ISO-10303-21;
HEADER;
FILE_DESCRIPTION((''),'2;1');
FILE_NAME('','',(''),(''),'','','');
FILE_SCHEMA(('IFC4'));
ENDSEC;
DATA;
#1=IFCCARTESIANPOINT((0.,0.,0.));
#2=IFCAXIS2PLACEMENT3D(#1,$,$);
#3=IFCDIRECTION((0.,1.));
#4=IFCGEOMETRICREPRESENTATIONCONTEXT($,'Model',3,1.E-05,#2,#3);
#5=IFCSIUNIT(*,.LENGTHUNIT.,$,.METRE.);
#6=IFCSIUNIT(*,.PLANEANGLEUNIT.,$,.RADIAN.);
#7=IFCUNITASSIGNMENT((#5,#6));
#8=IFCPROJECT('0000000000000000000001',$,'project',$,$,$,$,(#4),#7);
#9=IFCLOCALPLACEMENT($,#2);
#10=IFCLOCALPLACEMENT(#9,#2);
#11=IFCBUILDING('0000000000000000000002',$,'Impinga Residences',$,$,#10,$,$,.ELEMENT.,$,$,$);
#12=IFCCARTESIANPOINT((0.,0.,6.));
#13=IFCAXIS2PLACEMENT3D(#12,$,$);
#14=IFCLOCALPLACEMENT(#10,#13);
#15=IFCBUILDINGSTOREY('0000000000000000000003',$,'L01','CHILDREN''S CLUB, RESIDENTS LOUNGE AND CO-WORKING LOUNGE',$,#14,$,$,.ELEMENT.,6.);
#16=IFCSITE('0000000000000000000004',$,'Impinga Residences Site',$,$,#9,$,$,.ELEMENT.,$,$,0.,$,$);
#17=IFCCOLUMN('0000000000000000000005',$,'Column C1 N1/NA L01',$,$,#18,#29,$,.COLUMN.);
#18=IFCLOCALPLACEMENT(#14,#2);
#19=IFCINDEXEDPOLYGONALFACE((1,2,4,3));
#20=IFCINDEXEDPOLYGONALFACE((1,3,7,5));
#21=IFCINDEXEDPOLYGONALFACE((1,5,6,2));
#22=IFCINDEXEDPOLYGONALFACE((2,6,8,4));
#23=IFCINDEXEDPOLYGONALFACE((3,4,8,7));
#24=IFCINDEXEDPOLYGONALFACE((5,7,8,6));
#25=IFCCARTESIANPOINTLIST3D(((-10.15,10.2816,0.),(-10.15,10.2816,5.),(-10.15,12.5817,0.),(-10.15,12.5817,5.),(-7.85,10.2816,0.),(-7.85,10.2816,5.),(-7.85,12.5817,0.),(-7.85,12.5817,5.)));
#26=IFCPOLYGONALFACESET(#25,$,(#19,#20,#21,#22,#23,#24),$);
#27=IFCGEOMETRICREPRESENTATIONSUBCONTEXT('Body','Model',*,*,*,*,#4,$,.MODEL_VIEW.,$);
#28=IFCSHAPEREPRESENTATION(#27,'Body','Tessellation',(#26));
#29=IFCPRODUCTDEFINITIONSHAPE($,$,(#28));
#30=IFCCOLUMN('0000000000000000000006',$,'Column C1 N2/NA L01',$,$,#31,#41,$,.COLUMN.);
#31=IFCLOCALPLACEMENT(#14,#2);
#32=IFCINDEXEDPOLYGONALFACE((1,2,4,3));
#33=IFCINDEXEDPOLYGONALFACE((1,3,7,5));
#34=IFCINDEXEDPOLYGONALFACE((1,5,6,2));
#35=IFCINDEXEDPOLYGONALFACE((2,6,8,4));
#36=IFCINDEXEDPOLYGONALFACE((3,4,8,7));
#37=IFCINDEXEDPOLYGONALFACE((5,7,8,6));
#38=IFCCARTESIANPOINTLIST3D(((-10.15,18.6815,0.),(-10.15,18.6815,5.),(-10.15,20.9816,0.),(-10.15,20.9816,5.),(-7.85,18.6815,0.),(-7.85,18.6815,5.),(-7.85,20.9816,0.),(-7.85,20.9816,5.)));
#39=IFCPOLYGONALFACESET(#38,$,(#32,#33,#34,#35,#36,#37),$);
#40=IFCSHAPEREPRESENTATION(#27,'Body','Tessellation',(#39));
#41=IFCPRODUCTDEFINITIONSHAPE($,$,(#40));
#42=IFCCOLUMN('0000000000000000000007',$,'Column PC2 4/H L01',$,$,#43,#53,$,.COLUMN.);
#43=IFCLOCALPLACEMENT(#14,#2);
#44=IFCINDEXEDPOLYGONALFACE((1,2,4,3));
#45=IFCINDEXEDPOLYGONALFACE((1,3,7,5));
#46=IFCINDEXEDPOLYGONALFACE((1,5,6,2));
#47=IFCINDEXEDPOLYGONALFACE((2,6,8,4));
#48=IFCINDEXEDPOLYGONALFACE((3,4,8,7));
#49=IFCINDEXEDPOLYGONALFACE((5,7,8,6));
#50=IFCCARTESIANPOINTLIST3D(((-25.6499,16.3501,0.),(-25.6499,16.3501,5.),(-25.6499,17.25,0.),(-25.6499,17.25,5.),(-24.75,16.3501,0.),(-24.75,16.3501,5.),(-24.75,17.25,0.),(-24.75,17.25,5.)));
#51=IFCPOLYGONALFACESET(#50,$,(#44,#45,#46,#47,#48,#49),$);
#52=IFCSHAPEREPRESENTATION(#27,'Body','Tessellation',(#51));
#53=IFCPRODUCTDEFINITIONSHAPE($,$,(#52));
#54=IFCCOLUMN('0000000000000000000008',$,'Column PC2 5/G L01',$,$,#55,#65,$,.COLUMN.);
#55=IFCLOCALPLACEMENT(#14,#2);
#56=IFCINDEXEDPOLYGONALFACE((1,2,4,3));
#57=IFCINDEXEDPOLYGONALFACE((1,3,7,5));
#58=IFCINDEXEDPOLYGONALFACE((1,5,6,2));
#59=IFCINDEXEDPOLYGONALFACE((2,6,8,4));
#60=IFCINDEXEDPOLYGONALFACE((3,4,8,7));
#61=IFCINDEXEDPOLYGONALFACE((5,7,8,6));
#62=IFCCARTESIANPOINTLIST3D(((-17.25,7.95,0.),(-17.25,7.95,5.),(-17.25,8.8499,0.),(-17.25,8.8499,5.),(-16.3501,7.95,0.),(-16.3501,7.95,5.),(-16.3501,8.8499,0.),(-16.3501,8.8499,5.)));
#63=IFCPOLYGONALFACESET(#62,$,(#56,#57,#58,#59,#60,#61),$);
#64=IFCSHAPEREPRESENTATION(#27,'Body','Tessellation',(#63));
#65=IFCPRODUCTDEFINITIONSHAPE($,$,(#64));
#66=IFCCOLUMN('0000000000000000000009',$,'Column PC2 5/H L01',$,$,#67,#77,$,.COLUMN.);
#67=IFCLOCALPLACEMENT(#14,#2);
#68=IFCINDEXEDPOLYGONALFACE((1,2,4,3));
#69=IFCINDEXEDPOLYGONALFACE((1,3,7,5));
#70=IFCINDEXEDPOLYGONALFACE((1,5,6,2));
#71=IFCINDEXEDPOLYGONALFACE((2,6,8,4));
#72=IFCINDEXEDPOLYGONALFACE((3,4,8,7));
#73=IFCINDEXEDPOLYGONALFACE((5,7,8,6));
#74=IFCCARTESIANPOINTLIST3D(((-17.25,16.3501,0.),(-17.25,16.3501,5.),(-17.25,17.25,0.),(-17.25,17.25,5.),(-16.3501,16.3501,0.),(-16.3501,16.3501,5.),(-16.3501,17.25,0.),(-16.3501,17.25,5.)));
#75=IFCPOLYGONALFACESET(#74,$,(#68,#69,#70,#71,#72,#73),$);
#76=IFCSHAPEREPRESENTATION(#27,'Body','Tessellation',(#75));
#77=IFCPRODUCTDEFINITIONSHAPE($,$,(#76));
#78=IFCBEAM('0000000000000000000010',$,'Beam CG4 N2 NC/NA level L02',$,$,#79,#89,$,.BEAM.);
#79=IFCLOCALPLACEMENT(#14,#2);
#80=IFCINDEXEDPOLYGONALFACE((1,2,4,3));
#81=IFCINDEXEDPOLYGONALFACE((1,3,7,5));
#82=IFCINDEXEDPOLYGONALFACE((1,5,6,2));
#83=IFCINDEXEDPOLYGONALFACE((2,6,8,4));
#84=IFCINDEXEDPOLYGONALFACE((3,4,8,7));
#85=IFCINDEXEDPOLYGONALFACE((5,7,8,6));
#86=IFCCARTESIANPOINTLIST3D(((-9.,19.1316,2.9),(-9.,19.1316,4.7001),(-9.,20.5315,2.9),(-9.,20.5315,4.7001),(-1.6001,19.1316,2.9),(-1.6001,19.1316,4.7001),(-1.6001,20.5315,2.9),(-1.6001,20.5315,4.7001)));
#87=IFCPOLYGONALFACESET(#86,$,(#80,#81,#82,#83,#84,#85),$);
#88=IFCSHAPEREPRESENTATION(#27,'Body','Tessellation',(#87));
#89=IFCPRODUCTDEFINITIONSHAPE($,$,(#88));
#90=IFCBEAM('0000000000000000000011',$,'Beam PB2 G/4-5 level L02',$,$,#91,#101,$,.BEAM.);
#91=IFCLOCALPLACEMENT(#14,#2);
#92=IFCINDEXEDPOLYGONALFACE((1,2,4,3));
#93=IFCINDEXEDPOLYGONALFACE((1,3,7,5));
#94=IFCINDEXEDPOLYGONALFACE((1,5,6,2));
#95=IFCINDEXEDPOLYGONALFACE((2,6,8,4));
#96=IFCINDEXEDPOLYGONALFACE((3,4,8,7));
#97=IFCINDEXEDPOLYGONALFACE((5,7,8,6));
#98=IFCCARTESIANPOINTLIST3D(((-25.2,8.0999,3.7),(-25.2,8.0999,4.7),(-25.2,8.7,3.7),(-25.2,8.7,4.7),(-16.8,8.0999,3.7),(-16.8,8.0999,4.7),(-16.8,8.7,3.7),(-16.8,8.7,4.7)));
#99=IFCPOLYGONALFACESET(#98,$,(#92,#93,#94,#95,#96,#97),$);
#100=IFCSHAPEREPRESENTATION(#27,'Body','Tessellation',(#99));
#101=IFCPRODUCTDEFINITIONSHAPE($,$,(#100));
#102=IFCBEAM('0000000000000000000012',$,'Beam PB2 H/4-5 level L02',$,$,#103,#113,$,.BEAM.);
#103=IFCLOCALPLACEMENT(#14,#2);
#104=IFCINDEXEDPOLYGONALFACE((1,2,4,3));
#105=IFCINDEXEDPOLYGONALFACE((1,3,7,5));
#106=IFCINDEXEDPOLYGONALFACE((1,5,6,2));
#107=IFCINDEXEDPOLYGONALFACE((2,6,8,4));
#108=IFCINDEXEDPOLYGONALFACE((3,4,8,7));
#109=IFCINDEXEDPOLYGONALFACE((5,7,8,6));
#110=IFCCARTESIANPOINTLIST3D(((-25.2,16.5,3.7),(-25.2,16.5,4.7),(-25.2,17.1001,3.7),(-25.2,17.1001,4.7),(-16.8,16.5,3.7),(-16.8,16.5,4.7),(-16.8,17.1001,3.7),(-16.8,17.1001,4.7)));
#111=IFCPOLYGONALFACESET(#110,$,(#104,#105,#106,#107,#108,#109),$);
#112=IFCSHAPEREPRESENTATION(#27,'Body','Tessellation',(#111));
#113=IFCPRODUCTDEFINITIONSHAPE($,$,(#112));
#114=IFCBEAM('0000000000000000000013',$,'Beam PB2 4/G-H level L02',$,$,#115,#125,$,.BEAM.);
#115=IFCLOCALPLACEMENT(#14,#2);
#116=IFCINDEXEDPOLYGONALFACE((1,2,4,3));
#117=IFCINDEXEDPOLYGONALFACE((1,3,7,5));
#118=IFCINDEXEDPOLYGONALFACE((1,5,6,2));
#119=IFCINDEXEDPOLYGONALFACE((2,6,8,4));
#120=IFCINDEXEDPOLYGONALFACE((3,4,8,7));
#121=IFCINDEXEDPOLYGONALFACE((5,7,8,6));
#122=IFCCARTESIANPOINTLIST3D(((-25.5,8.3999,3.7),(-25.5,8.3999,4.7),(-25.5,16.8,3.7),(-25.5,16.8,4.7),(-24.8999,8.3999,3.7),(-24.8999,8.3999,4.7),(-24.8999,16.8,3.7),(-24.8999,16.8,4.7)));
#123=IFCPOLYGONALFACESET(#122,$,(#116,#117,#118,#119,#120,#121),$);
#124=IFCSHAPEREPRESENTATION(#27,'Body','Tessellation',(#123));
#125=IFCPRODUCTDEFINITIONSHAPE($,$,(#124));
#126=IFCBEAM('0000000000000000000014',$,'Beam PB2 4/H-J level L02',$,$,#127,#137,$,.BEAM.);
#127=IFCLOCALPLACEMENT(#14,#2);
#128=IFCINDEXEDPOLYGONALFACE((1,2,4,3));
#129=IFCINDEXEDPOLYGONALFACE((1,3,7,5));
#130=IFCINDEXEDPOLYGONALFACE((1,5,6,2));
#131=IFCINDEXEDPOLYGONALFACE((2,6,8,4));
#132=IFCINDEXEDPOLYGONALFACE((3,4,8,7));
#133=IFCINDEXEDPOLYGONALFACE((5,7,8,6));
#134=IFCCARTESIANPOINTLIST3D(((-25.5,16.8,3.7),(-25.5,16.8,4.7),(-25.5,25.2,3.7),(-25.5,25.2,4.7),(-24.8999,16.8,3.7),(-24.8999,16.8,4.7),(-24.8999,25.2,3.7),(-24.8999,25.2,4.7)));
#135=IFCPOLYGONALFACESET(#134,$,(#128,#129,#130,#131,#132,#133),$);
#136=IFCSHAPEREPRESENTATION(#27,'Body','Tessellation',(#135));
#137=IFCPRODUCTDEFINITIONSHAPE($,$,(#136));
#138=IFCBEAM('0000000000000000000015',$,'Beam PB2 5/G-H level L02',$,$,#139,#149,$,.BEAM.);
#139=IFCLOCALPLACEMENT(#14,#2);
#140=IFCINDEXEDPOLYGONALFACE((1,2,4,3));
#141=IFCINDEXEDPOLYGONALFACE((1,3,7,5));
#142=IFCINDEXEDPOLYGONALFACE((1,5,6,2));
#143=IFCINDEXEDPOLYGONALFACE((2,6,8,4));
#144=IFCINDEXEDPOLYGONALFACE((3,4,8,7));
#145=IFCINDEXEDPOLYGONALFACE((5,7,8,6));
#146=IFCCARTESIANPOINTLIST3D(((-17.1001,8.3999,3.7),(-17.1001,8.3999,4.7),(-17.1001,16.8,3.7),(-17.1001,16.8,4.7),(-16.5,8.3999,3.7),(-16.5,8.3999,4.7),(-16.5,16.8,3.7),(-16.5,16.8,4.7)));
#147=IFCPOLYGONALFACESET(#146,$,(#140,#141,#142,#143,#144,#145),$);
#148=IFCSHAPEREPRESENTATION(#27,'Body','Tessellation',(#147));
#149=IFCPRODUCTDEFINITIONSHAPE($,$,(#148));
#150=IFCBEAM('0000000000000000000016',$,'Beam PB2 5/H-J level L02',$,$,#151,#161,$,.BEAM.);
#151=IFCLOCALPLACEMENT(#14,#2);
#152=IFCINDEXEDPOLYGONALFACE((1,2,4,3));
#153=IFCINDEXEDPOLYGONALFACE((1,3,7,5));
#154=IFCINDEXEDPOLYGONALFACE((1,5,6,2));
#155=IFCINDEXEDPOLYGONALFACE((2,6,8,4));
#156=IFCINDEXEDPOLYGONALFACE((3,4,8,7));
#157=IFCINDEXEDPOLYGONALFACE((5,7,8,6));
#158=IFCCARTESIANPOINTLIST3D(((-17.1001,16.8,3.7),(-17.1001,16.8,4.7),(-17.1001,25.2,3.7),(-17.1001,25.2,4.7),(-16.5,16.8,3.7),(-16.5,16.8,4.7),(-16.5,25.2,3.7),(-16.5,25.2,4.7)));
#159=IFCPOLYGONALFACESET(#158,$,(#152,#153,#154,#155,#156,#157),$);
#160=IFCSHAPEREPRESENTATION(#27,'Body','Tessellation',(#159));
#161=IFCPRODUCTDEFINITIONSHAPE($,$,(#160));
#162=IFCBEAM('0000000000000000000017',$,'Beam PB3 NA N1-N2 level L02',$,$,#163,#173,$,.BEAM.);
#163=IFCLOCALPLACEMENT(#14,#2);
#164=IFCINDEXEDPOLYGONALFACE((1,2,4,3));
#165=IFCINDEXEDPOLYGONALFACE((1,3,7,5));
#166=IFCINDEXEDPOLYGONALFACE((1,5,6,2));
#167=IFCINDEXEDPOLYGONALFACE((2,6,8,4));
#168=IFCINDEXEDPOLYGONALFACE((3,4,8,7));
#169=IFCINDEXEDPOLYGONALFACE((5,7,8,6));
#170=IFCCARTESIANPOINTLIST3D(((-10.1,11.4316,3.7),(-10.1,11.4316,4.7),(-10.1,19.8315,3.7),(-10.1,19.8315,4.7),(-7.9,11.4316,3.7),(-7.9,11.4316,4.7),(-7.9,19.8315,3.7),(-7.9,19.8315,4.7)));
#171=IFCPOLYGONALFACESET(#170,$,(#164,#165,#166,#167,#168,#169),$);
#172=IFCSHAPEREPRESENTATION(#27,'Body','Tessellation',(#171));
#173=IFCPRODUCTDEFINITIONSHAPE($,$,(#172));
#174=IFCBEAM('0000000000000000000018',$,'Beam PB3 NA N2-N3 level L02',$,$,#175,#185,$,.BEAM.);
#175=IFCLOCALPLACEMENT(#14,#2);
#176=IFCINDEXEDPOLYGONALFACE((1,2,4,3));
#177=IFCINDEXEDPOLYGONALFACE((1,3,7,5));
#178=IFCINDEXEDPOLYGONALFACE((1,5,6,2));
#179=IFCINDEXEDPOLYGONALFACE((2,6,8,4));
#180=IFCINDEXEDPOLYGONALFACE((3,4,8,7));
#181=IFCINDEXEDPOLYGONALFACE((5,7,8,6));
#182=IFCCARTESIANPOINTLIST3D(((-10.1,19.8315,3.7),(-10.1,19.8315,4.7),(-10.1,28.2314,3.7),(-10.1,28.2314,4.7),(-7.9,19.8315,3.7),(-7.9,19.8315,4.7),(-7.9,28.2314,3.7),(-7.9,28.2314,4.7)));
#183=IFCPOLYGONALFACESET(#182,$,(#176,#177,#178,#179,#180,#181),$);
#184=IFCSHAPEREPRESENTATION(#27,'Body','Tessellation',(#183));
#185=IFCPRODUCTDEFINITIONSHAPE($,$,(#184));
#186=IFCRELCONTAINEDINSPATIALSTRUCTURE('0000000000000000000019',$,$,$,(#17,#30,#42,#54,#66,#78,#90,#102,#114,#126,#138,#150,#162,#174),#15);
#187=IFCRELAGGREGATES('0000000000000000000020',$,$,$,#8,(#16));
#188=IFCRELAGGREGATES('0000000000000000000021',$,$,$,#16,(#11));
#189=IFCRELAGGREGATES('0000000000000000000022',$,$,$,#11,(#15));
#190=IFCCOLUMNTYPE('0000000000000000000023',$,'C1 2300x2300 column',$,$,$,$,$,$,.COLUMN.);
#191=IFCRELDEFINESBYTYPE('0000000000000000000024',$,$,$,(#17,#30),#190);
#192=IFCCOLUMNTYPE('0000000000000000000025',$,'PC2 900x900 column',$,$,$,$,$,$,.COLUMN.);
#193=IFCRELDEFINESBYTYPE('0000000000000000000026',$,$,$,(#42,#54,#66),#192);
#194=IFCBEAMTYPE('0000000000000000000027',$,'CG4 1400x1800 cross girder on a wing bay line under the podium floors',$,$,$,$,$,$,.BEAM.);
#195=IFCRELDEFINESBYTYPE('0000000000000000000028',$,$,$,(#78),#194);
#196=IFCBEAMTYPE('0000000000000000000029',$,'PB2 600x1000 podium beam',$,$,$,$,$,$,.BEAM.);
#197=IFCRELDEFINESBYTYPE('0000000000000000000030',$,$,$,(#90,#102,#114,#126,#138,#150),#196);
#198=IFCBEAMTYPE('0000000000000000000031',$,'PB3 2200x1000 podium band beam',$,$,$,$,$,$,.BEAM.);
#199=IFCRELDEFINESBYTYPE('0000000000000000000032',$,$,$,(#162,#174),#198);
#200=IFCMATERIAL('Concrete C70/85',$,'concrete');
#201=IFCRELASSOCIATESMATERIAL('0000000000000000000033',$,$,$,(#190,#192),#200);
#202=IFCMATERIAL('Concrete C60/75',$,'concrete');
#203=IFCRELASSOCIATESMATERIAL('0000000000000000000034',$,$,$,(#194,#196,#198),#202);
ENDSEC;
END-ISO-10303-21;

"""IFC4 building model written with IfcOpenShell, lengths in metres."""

from ifc_helpers import new_model, si_unit, direction, frame, origin, origin_2d, place, context, subcontext, project, spatial, rectangle, extrude, material, material_profile, profile_set, type_object, element, save


model = new_model("IFC4")

# Units and contexts
model_context = context("Model", 3, precision=1e-05, world=origin(), true_north=direction((0.0, 1.0)))
body_context = subcontext(model_context, "Body", "Model", "MODEL_VIEW")
ifc_project = project(units=[si_unit("LENGTHUNIT", "METRE"), si_unit("PLANEANGLEUNIT", "RADIAN")], contexts=[model_context])

# Site, building, storey
site_placement = place(None, origin())
site = spatial("IfcSite", under=ifc_project, at=site_placement, Name="Impinga Residences Site", CompositionType="ELEMENT", RefElevation=0.0)
building_placement = place(site_placement, origin())
building = spatial("IfcBuilding", under=site, at=building_placement, Name="Impinga Residences", CompositionType="ELEMENT")
storey_placement = place(building_placement, frame((0.0, 0.0, 6.0)))
storey = spatial("IfcBuildingStorey", under=building, at=storey_placement, Name="L01", Description="CHILDREN'S CLUB, RESIDENTS LOUNGE AND CO-WORKING LOUNGE", CompositionType="ELEMENT", Elevation=6.0)

# Columns
ifc_material_1 = material(Name="Concrete C70/85", Category="concrete")
ifc_material_profile_1 = material_profile(ifc_material_1, rectangle(XDim=2.3, YDim=2.3, at=origin_2d()), Name="RC 2300x2300")
ifc_profile_set_1 = profile_set([ifc_material_profile_1], Name="Concrete C70/85")
column_type_1 = type_object("IfcColumnType", Name="C1 2300x2300 column", PredefinedType="COLUMN", material=ifc_profile_set_1)
for number, where, z_axis, x_axis, name in (
    (1, (-9.0, 11.4316, 0.0), (0.0, 0.0, 1.0), (1.0, 0.0, 0.0), "Column C1 N1/NA L01"),
    (2, (-9.0, 19.8315, 0.0), (0.0, 0.0, 1.0), (1.0, 0.0, 0.0), "Column C1 N2/NA L01"),
):
    element("IfcColumn", number, at=place(storey_placement, frame(where, z_axis=z_axis, x_axis=x_axis)), inside=storey, type_object=column_type_1, Name=name, PredefinedType="COLUMN", context=body_context, shape_type="SweptSolid", body=[
        extrude(rectangle(XDim=2.3, YDim=2.3, at=origin_2d()), origin(), (0.0, 0.0, 1.0), 5.0),
    ])
ifc_material_profile_2 = material_profile(ifc_material_1, rectangle(XDim=0.8999, YDim=0.8999, at=origin_2d()), Name="RC 900x900")
ifc_profile_set_2 = profile_set([ifc_material_profile_2], Name="Concrete C70/85")
column_type_2 = type_object("IfcColumnType", Name="PC2 900x900 column", PredefinedType="COLUMN", material=ifc_profile_set_2)
for number, where, z_axis, x_axis, name in (
    (3, (-25.2, 16.8, 0.0), (0.0, 0.0, 1.0), (1.0, 0.0, 0.0), "Column PC2 4/H L01"),
    (4, (-16.8, 8.3999, 0.0), (0.0, 0.0, 1.0), (1.0, 0.0, 0.0), "Column PC2 5/G L01"),
    (5, (-16.8, 16.8, 0.0), (0.0, 0.0, 1.0), (1.0, 0.0, 0.0), "Column PC2 5/H L01"),
):
    element("IfcColumn", number, at=place(storey_placement, frame(where, z_axis=z_axis, x_axis=x_axis)), inside=storey, type_object=column_type_2, Name=name, PredefinedType="COLUMN", context=body_context, shape_type="SweptSolid", body=[
        extrude(rectangle(XDim=0.8999, YDim=0.8999, at=origin_2d()), origin(), (0.0, 0.0, 1.0), 5.0),
    ])

# Beams
ifc_material_2 = material(Name="Concrete C60/75", Category="concrete")
ifc_material_profile_3 = material_profile(ifc_material_2, rectangle(XDim=1.3999, YDim=1.8, at=origin_2d()), Name="RC 1400x1800")
ifc_profile_set_3 = profile_set([ifc_material_profile_3], Name="Concrete C60/75")
beam_type_1 = type_object("IfcBeamType", Name="CG4 1400x1800 cross girder on a wing bay line under the podium floors", PredefinedType="BEAM", material=ifc_profile_set_3)
beam_1_placement = place(storey_placement, frame((-1.6001, 19.8315, 3.8), z_axis=(-1.0, 0.0, 0.0), x_axis=(0.0, -1.0, 0.0)))
element("IfcBeam", 6, at=beam_1_placement, inside=storey, type_object=beam_type_1, Name="Beam CG4 N2 NC/NA level L02", PredefinedType="BEAM", context=body_context, shape_type="SweptSolid", body=[
    extrude(rectangle(XDim=1.3999, YDim=1.8, at=origin_2d()), origin(), (0.0, 0.0, 1.0), 7.3999),
])
ifc_material_profile_4 = material_profile(ifc_material_2, rectangle(XDim=0.6001, YDim=1.0, at=origin_2d()), Name="RC 600x1000")
ifc_profile_set_4 = profile_set([ifc_material_profile_4], Name="Concrete C60/75")
beam_type_2 = type_object("IfcBeamType", Name="PB2 600x1000 podium beam", PredefinedType="BEAM", material=ifc_profile_set_4)
for number, where, z_axis, x_axis, name in (
    (7, (-25.2, 8.3999, 4.2), (1.0, 0.0, 0.0), (0.0, 1.0, 0.0), "Beam PB2 G/4-5 level L02"),
    (8, (-25.2, 16.8, 4.2), (1.0, 0.0, 0.0), (0.0, 1.0, 0.0), "Beam PB2 H/4-5 level L02"),
):
    element("IfcBeam", number, at=place(storey_placement, frame(where, z_axis=z_axis, x_axis=x_axis)), inside=storey, type_object=beam_type_2, Name=name, PredefinedType="BEAM", context=body_context, shape_type="SweptSolid", body=[
        extrude(rectangle(XDim=0.6001, YDim=1.0, at=origin_2d()), origin(), (0.0, 0.0, 1.0), 8.3999),
    ])
beam_2_placement = place(storey_placement, frame((-25.2, 8.3999, 4.2), z_axis=(0.0, 1.0, 0.0), x_axis=(-1.0, 0.0, 0.0)))
element("IfcBeam", 9, at=beam_2_placement, inside=storey, type_object=beam_type_2, Name="Beam PB2 4/G-H level L02", PredefinedType="BEAM", context=body_context, shape_type="SweptSolid", body=[
    extrude(rectangle(XDim=0.6001, YDim=1.0, at=origin_2d()), origin(), (0.0, 0.0, 1.0), 8.4001),
])
beam_3_placement = place(storey_placement, frame((-25.2, 16.8, 4.2), z_axis=(0.0, 1.0, 0.0), x_axis=(-1.0, 0.0, 0.0)))
element("IfcBeam", 10, at=beam_3_placement, inside=storey, type_object=beam_type_2, Name="Beam PB2 4/H-J level L02", PredefinedType="BEAM", context=body_context, shape_type="SweptSolid", body=[
    extrude(rectangle(XDim=0.6001, YDim=1.0, at=origin_2d()), origin(), (0.0, 0.0, 1.0), 8.3999),
])
beam_4_placement = place(storey_placement, frame((-16.8, 8.3999, 4.2), z_axis=(0.0, 1.0, 0.0), x_axis=(-1.0, 0.0, 0.0)))
element("IfcBeam", 11, at=beam_4_placement, inside=storey, type_object=beam_type_2, Name="Beam PB2 5/G-H level L02", PredefinedType="BEAM", context=body_context, shape_type="SweptSolid", body=[
    extrude(rectangle(XDim=0.6001, YDim=1.0, at=origin_2d()), origin(), (0.0, 0.0, 1.0), 8.4001),
])
beam_5_placement = place(storey_placement, frame((-16.8, 16.8, 4.2), z_axis=(0.0, 1.0, 0.0), x_axis=(-1.0, 0.0, 0.0)))
element("IfcBeam", 12, at=beam_5_placement, inside=storey, type_object=beam_type_2, Name="Beam PB2 5/H-J level L02", PredefinedType="BEAM", context=body_context, shape_type="SweptSolid", body=[
    extrude(rectangle(XDim=0.6001, YDim=1.0, at=origin_2d()), origin(), (0.0, 0.0, 1.0), 8.3999),
])
ifc_material_profile_5 = material_profile(ifc_material_2, rectangle(XDim=2.2, YDim=1.0, at=origin_2d()), Name="RC 2200x1000")
ifc_profile_set_5 = profile_set([ifc_material_profile_5], Name="Concrete C60/75")
beam_type_3 = type_object("IfcBeamType", Name="PB3 2200x1000 podium band beam", PredefinedType="BEAM", material=ifc_profile_set_5)
for number, where, z_axis, x_axis, name in (
    (13, (-9.0, 11.4316, 4.2), (0.0, 1.0, 0.0), (-1.0, 0.0, 0.0), "Beam PB3 NA N1-N2 level L02"),
    (14, (-9.0, 19.8315, 4.2), (0.0, 1.0, 0.0), (-1.0, 0.0, 0.0), "Beam PB3 NA N2-N3 level L02"),
):
    element("IfcBeam", number, at=place(storey_placement, frame(where, z_axis=z_axis, x_axis=x_axis)), inside=storey, type_object=beam_type_3, Name=name, PredefinedType="BEAM", context=body_context, shape_type="SweptSolid", body=[
        extrude(rectangle(XDim=2.2, YDim=1.0, at=origin_2d()), origin(), (0.0, 0.0, 1.0), 8.3999),
    ])

save(model, "model.ifc")
